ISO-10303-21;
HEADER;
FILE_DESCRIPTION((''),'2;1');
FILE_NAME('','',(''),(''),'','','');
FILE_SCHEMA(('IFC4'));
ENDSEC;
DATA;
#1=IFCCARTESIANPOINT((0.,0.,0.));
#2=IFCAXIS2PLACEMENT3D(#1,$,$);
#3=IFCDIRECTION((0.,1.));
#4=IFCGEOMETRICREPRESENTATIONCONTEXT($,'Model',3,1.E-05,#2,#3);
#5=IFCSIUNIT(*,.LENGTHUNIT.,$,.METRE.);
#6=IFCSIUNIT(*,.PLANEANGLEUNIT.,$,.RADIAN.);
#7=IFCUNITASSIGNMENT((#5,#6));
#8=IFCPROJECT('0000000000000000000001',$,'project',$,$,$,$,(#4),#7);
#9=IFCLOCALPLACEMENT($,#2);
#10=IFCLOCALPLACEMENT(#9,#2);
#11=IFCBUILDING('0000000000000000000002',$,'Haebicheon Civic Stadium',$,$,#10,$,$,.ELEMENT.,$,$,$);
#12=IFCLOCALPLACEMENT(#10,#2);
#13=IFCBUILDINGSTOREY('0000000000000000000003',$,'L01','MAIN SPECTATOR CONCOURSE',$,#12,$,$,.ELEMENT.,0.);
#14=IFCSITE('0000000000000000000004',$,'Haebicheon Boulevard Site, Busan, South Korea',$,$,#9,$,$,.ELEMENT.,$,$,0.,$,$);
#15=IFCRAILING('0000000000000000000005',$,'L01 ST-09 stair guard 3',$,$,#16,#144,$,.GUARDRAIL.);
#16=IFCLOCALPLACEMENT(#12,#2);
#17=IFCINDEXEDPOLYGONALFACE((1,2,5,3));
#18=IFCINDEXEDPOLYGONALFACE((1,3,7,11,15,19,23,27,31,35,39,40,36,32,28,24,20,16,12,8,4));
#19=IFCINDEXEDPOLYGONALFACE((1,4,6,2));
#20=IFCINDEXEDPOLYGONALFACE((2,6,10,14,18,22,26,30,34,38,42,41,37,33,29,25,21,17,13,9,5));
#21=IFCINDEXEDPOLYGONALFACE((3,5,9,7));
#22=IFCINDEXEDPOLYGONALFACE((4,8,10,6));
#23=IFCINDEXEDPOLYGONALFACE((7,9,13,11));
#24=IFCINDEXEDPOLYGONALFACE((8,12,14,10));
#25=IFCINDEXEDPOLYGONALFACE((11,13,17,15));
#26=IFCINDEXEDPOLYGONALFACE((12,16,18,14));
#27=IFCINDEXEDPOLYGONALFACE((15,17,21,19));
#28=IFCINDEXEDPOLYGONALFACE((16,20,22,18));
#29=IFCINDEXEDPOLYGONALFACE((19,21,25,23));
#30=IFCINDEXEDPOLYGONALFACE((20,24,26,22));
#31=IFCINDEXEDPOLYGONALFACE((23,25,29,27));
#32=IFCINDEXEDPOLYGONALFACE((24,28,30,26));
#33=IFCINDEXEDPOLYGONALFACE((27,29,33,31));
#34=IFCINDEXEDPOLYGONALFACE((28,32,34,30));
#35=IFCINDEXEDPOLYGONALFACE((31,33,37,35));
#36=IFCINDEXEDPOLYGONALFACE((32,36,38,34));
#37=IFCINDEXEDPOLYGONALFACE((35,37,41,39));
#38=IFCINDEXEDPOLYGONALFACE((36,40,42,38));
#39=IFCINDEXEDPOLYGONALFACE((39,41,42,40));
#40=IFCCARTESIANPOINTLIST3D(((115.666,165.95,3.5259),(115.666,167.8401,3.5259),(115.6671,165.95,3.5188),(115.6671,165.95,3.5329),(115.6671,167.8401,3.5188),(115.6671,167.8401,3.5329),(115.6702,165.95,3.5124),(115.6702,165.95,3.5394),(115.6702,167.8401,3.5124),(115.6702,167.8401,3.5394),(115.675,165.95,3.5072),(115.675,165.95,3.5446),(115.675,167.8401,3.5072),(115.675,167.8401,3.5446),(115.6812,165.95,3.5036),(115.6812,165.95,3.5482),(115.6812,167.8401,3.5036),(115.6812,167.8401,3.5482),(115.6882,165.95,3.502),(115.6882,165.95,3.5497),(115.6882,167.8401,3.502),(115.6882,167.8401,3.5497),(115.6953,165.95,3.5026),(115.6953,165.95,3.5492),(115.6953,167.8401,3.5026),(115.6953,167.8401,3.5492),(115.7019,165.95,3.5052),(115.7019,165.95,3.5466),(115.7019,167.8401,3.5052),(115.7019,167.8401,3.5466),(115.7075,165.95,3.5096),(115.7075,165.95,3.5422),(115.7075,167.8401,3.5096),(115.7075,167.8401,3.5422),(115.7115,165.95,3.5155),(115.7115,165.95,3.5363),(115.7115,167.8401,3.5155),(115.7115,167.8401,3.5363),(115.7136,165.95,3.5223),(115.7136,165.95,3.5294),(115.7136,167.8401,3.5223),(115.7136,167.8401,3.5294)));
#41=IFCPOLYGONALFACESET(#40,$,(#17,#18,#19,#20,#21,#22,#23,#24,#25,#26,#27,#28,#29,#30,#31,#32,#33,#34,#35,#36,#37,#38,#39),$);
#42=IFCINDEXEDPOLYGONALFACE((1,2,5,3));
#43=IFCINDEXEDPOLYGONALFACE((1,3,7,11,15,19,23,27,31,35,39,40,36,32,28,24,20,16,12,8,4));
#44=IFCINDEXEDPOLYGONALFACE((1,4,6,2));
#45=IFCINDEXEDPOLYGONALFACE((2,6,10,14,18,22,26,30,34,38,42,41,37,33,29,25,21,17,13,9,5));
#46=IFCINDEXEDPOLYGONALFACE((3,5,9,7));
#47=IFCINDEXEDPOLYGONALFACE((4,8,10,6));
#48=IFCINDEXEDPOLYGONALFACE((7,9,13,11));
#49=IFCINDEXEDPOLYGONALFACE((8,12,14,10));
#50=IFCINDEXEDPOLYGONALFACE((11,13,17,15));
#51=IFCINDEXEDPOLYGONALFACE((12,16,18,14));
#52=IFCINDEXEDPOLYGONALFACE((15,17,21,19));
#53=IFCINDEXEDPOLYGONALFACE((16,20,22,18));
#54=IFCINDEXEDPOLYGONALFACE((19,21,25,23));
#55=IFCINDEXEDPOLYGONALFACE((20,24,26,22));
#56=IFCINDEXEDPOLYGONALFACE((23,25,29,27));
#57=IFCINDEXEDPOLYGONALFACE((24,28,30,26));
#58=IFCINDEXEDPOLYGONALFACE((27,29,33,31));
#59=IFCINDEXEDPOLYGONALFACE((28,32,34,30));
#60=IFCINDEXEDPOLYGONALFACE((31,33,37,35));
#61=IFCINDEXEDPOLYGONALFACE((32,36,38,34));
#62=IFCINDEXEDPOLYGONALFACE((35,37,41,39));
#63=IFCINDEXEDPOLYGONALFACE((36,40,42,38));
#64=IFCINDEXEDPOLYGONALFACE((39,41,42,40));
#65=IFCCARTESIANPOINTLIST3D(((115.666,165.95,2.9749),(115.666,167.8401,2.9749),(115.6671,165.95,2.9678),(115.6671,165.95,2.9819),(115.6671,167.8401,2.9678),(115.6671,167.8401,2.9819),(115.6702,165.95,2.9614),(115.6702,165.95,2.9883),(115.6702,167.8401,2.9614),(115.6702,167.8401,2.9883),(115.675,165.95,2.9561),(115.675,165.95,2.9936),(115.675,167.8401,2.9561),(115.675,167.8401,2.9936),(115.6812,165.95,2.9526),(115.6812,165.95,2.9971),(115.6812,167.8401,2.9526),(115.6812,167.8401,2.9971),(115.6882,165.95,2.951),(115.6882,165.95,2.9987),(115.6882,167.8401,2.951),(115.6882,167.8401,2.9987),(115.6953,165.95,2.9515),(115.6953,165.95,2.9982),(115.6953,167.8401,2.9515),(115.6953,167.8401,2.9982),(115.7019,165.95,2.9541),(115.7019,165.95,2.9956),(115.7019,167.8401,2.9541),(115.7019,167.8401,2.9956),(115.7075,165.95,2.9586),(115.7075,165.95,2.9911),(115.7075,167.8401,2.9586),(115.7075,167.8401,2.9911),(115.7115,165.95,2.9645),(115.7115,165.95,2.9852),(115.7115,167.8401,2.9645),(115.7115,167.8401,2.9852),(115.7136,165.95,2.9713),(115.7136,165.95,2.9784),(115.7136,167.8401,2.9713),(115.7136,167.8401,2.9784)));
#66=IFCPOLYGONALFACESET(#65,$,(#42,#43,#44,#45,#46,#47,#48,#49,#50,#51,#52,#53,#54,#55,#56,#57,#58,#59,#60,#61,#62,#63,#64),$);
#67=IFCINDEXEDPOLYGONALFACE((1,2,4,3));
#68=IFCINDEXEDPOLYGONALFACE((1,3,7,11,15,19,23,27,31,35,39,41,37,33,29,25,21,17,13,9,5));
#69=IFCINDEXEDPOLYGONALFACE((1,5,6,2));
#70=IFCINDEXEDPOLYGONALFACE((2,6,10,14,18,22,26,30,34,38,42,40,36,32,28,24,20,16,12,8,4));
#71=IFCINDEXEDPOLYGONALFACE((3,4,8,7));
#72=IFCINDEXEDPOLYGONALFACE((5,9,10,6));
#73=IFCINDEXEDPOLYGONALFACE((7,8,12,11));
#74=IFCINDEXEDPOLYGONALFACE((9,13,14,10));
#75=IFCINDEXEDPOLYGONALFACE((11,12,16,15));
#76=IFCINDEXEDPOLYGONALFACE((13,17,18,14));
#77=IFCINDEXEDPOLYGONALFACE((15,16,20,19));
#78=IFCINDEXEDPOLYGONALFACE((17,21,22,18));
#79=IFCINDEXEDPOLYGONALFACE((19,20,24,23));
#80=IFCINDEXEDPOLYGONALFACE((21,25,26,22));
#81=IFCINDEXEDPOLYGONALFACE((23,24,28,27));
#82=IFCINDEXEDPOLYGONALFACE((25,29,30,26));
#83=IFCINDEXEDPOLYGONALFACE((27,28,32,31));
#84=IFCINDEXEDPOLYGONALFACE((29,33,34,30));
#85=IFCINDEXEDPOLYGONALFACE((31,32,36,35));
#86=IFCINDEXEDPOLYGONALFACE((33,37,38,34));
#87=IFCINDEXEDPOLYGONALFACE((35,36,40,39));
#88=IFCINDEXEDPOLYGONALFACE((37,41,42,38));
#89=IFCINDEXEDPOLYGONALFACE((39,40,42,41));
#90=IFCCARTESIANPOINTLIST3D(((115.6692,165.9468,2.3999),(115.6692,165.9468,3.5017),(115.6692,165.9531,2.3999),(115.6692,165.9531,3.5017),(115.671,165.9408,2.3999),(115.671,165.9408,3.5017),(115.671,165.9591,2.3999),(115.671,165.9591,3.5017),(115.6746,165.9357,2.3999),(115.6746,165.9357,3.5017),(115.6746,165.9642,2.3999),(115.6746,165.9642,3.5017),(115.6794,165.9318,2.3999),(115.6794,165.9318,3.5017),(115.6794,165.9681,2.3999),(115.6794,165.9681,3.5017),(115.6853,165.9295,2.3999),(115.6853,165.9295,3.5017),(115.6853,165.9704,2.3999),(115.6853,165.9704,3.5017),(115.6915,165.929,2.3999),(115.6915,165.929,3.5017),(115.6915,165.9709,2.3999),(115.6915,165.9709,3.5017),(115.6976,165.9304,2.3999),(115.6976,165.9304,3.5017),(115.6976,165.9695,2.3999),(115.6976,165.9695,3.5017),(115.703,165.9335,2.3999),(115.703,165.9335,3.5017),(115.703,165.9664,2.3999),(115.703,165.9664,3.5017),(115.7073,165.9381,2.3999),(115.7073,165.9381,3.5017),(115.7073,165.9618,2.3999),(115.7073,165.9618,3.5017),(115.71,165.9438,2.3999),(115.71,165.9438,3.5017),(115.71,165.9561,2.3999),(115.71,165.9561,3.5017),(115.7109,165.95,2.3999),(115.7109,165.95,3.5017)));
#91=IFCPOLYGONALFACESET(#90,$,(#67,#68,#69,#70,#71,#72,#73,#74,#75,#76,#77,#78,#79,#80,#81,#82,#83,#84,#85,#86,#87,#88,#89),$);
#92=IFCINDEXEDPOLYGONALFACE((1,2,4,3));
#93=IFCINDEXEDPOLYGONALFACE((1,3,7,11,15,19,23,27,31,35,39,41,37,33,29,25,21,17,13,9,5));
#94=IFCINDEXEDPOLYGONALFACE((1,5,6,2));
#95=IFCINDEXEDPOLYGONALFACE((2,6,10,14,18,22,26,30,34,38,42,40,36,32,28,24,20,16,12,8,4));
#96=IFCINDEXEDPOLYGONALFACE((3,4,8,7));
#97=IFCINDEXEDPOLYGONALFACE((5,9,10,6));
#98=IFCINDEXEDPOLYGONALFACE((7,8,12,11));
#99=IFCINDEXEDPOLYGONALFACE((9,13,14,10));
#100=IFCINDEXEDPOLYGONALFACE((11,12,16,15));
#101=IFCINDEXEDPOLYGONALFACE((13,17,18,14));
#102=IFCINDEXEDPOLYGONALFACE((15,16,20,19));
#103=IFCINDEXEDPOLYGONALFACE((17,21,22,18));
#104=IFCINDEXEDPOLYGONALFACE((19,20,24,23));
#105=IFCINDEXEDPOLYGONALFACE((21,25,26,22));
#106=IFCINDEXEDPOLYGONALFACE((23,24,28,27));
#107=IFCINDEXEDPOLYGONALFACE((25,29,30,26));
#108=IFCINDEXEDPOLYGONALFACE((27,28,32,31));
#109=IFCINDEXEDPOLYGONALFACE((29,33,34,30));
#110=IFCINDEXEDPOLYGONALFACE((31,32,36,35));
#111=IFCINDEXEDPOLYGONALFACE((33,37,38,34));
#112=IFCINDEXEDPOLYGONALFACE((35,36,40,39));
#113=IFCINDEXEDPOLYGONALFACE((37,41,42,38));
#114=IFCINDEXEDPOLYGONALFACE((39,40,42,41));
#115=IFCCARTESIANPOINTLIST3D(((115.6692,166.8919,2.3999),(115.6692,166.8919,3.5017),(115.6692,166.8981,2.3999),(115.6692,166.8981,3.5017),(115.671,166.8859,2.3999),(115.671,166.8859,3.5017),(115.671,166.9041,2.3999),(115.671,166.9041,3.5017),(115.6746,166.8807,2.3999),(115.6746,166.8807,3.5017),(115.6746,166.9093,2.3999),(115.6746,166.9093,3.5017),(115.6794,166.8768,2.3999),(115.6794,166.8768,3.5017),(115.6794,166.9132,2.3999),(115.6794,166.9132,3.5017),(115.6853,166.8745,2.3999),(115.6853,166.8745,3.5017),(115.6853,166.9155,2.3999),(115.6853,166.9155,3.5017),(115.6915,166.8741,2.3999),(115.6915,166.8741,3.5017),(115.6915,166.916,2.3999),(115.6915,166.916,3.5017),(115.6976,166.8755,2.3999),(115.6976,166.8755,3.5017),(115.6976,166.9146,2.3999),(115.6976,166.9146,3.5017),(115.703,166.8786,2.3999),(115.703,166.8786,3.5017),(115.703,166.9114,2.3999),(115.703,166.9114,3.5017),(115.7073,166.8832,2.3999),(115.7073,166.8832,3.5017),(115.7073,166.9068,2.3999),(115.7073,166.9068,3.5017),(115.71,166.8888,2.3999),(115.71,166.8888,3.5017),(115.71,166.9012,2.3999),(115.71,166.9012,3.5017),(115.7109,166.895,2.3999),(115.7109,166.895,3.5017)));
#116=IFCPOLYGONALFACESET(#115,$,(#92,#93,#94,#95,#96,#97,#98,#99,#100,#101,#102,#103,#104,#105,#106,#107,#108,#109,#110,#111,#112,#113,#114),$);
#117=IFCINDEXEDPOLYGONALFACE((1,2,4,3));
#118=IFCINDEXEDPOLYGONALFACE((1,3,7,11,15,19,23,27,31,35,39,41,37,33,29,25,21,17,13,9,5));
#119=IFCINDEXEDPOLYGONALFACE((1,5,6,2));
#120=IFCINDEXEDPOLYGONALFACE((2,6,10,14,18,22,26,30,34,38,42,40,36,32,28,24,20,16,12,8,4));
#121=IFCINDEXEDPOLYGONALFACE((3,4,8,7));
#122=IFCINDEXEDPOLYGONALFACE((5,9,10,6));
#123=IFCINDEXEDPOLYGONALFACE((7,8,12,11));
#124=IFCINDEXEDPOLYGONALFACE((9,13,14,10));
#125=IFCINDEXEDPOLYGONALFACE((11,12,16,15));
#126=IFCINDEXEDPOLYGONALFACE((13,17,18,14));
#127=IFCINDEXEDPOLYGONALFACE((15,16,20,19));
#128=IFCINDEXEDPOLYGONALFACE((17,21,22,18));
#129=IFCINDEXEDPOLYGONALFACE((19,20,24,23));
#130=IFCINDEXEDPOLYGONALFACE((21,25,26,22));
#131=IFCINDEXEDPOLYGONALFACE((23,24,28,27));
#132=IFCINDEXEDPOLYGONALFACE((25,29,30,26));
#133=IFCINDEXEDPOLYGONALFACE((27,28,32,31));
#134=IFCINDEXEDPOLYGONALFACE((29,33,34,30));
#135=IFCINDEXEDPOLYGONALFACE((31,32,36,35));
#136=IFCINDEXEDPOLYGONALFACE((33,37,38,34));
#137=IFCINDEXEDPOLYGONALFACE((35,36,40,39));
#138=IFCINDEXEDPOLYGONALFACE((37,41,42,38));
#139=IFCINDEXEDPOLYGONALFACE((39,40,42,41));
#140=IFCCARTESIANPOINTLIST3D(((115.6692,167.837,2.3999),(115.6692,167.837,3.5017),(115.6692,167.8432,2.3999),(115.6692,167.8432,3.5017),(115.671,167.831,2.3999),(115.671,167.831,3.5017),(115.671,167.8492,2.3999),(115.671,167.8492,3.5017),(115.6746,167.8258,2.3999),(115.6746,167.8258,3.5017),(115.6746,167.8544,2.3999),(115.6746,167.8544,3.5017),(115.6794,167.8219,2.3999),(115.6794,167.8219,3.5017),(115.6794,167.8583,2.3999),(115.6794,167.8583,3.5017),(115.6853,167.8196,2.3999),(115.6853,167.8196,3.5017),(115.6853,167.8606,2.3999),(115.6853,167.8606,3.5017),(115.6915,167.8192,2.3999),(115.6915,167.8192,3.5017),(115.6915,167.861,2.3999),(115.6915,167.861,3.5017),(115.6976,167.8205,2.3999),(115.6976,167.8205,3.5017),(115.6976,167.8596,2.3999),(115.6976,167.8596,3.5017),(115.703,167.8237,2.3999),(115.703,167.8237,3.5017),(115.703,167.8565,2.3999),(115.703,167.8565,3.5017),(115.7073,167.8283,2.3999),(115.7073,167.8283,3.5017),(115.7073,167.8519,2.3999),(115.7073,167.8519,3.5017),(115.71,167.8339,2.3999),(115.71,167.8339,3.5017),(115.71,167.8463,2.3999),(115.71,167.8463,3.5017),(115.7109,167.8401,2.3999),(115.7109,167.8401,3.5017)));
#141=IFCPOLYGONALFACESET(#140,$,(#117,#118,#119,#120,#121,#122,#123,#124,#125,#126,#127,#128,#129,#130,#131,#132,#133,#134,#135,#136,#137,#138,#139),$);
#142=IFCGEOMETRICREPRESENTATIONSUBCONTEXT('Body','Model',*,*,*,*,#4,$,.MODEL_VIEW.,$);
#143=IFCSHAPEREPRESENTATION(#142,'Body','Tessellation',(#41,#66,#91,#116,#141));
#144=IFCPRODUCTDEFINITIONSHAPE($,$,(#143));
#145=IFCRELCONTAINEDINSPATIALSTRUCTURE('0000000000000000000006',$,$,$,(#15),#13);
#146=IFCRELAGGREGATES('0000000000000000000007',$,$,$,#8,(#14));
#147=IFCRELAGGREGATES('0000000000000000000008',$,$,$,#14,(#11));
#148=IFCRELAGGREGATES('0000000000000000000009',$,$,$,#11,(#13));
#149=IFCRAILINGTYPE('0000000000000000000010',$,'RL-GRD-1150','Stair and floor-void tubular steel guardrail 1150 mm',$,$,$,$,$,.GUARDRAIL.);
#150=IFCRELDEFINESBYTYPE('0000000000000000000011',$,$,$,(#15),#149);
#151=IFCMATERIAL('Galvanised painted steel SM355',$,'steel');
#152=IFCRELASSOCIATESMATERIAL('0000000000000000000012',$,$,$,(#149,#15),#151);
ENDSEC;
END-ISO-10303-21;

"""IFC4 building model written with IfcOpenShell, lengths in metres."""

from ifc_helpers import new_model, si_unit, direction, frame, origin, origin_2d, place, context, subcontext, project, spatial, circle, extrude, material, type_object, element, save


model = new_model("IFC4")

# Units and contexts
model_context = context("Model", 3, precision=1e-05, world=origin(), true_north=direction((0.0, 1.0)))
body_context = subcontext(model_context, "Body", "Model", "MODEL_VIEW")
ifc_project = project(units=[si_unit("LENGTHUNIT", "METRE"), si_unit("PLANEANGLEUNIT", "RADIAN")], contexts=[model_context])

# Site, building, storey
site_placement = place(None, origin())
site = spatial("IfcSite", under=ifc_project, at=site_placement, Name="Haebicheon Boulevard Site, Busan, South Korea", CompositionType="ELEMENT", RefElevation=0.0)
building_placement = place(site_placement, origin())
building = spatial("IfcBuilding", under=site, at=building_placement, Name="Haebicheon Civic Stadium", CompositionType="ELEMENT")
storey_placement = place(building_placement, origin())
storey = spatial("IfcBuildingStorey", under=building, at=storey_placement, Name="L01", Description="MAIN SPECTATOR CONCOURSE", CompositionType="ELEMENT", Elevation=0.0)

# Railing
ifc_material_1 = material(Name="Galvanised painted steel SM355", Category="steel")
railing_type_1 = type_object("IfcRailingType", Name="RL-GRD-1150", Description="Stair and floor-void tubular steel guardrail 1150 mm", PredefinedType="GUARDRAIL", material=ifc_material_1)
railing_1_placement = place(storey_placement, frame((115.6899, 165.95, 2.3999)))
element("IfcRailing", 1, at=railing_1_placement, inside=storey, type_object=railing_type_1, material=ifc_material_1, Name="L01 ST-09 stair guard 3", PredefinedType="GUARDRAIL", context=body_context, shape_type="SweptSolid", body=[
    extrude(circle(Radius=0.0239, at=origin_2d()), frame((0.0, 0.0, 1.126), z_axis=(0.0, 1.0, 0.0), x_axis=(-1.0, 0.0, 0.0)), (0.0, 0.0, 1.0), 1.8901),
    extrude(circle(Radius=0.0239, at=origin_2d()), frame((0.0, 0.0, 0.575), z_axis=(0.0, 1.0, 0.0), x_axis=(-1.0, 0.0, 0.0)), (0.0, 0.0, 1.0), 1.8901),
    extrude(circle(Radius=0.021, at=origin_2d()), origin(), (0.0, 0.0, 1.0), 1.1018),
    extrude(circle(Radius=0.021, at=origin_2d()), frame((0.0, 0.9451, 0.0)), (0.0, 0.0, 1.0), 1.1018),
    extrude(circle(Radius=0.021, at=origin_2d()), frame((0.0, 1.8901, 0.0)), (0.0, 0.0, 1.0), 1.1018),
])

save(model, "model.ifc")
